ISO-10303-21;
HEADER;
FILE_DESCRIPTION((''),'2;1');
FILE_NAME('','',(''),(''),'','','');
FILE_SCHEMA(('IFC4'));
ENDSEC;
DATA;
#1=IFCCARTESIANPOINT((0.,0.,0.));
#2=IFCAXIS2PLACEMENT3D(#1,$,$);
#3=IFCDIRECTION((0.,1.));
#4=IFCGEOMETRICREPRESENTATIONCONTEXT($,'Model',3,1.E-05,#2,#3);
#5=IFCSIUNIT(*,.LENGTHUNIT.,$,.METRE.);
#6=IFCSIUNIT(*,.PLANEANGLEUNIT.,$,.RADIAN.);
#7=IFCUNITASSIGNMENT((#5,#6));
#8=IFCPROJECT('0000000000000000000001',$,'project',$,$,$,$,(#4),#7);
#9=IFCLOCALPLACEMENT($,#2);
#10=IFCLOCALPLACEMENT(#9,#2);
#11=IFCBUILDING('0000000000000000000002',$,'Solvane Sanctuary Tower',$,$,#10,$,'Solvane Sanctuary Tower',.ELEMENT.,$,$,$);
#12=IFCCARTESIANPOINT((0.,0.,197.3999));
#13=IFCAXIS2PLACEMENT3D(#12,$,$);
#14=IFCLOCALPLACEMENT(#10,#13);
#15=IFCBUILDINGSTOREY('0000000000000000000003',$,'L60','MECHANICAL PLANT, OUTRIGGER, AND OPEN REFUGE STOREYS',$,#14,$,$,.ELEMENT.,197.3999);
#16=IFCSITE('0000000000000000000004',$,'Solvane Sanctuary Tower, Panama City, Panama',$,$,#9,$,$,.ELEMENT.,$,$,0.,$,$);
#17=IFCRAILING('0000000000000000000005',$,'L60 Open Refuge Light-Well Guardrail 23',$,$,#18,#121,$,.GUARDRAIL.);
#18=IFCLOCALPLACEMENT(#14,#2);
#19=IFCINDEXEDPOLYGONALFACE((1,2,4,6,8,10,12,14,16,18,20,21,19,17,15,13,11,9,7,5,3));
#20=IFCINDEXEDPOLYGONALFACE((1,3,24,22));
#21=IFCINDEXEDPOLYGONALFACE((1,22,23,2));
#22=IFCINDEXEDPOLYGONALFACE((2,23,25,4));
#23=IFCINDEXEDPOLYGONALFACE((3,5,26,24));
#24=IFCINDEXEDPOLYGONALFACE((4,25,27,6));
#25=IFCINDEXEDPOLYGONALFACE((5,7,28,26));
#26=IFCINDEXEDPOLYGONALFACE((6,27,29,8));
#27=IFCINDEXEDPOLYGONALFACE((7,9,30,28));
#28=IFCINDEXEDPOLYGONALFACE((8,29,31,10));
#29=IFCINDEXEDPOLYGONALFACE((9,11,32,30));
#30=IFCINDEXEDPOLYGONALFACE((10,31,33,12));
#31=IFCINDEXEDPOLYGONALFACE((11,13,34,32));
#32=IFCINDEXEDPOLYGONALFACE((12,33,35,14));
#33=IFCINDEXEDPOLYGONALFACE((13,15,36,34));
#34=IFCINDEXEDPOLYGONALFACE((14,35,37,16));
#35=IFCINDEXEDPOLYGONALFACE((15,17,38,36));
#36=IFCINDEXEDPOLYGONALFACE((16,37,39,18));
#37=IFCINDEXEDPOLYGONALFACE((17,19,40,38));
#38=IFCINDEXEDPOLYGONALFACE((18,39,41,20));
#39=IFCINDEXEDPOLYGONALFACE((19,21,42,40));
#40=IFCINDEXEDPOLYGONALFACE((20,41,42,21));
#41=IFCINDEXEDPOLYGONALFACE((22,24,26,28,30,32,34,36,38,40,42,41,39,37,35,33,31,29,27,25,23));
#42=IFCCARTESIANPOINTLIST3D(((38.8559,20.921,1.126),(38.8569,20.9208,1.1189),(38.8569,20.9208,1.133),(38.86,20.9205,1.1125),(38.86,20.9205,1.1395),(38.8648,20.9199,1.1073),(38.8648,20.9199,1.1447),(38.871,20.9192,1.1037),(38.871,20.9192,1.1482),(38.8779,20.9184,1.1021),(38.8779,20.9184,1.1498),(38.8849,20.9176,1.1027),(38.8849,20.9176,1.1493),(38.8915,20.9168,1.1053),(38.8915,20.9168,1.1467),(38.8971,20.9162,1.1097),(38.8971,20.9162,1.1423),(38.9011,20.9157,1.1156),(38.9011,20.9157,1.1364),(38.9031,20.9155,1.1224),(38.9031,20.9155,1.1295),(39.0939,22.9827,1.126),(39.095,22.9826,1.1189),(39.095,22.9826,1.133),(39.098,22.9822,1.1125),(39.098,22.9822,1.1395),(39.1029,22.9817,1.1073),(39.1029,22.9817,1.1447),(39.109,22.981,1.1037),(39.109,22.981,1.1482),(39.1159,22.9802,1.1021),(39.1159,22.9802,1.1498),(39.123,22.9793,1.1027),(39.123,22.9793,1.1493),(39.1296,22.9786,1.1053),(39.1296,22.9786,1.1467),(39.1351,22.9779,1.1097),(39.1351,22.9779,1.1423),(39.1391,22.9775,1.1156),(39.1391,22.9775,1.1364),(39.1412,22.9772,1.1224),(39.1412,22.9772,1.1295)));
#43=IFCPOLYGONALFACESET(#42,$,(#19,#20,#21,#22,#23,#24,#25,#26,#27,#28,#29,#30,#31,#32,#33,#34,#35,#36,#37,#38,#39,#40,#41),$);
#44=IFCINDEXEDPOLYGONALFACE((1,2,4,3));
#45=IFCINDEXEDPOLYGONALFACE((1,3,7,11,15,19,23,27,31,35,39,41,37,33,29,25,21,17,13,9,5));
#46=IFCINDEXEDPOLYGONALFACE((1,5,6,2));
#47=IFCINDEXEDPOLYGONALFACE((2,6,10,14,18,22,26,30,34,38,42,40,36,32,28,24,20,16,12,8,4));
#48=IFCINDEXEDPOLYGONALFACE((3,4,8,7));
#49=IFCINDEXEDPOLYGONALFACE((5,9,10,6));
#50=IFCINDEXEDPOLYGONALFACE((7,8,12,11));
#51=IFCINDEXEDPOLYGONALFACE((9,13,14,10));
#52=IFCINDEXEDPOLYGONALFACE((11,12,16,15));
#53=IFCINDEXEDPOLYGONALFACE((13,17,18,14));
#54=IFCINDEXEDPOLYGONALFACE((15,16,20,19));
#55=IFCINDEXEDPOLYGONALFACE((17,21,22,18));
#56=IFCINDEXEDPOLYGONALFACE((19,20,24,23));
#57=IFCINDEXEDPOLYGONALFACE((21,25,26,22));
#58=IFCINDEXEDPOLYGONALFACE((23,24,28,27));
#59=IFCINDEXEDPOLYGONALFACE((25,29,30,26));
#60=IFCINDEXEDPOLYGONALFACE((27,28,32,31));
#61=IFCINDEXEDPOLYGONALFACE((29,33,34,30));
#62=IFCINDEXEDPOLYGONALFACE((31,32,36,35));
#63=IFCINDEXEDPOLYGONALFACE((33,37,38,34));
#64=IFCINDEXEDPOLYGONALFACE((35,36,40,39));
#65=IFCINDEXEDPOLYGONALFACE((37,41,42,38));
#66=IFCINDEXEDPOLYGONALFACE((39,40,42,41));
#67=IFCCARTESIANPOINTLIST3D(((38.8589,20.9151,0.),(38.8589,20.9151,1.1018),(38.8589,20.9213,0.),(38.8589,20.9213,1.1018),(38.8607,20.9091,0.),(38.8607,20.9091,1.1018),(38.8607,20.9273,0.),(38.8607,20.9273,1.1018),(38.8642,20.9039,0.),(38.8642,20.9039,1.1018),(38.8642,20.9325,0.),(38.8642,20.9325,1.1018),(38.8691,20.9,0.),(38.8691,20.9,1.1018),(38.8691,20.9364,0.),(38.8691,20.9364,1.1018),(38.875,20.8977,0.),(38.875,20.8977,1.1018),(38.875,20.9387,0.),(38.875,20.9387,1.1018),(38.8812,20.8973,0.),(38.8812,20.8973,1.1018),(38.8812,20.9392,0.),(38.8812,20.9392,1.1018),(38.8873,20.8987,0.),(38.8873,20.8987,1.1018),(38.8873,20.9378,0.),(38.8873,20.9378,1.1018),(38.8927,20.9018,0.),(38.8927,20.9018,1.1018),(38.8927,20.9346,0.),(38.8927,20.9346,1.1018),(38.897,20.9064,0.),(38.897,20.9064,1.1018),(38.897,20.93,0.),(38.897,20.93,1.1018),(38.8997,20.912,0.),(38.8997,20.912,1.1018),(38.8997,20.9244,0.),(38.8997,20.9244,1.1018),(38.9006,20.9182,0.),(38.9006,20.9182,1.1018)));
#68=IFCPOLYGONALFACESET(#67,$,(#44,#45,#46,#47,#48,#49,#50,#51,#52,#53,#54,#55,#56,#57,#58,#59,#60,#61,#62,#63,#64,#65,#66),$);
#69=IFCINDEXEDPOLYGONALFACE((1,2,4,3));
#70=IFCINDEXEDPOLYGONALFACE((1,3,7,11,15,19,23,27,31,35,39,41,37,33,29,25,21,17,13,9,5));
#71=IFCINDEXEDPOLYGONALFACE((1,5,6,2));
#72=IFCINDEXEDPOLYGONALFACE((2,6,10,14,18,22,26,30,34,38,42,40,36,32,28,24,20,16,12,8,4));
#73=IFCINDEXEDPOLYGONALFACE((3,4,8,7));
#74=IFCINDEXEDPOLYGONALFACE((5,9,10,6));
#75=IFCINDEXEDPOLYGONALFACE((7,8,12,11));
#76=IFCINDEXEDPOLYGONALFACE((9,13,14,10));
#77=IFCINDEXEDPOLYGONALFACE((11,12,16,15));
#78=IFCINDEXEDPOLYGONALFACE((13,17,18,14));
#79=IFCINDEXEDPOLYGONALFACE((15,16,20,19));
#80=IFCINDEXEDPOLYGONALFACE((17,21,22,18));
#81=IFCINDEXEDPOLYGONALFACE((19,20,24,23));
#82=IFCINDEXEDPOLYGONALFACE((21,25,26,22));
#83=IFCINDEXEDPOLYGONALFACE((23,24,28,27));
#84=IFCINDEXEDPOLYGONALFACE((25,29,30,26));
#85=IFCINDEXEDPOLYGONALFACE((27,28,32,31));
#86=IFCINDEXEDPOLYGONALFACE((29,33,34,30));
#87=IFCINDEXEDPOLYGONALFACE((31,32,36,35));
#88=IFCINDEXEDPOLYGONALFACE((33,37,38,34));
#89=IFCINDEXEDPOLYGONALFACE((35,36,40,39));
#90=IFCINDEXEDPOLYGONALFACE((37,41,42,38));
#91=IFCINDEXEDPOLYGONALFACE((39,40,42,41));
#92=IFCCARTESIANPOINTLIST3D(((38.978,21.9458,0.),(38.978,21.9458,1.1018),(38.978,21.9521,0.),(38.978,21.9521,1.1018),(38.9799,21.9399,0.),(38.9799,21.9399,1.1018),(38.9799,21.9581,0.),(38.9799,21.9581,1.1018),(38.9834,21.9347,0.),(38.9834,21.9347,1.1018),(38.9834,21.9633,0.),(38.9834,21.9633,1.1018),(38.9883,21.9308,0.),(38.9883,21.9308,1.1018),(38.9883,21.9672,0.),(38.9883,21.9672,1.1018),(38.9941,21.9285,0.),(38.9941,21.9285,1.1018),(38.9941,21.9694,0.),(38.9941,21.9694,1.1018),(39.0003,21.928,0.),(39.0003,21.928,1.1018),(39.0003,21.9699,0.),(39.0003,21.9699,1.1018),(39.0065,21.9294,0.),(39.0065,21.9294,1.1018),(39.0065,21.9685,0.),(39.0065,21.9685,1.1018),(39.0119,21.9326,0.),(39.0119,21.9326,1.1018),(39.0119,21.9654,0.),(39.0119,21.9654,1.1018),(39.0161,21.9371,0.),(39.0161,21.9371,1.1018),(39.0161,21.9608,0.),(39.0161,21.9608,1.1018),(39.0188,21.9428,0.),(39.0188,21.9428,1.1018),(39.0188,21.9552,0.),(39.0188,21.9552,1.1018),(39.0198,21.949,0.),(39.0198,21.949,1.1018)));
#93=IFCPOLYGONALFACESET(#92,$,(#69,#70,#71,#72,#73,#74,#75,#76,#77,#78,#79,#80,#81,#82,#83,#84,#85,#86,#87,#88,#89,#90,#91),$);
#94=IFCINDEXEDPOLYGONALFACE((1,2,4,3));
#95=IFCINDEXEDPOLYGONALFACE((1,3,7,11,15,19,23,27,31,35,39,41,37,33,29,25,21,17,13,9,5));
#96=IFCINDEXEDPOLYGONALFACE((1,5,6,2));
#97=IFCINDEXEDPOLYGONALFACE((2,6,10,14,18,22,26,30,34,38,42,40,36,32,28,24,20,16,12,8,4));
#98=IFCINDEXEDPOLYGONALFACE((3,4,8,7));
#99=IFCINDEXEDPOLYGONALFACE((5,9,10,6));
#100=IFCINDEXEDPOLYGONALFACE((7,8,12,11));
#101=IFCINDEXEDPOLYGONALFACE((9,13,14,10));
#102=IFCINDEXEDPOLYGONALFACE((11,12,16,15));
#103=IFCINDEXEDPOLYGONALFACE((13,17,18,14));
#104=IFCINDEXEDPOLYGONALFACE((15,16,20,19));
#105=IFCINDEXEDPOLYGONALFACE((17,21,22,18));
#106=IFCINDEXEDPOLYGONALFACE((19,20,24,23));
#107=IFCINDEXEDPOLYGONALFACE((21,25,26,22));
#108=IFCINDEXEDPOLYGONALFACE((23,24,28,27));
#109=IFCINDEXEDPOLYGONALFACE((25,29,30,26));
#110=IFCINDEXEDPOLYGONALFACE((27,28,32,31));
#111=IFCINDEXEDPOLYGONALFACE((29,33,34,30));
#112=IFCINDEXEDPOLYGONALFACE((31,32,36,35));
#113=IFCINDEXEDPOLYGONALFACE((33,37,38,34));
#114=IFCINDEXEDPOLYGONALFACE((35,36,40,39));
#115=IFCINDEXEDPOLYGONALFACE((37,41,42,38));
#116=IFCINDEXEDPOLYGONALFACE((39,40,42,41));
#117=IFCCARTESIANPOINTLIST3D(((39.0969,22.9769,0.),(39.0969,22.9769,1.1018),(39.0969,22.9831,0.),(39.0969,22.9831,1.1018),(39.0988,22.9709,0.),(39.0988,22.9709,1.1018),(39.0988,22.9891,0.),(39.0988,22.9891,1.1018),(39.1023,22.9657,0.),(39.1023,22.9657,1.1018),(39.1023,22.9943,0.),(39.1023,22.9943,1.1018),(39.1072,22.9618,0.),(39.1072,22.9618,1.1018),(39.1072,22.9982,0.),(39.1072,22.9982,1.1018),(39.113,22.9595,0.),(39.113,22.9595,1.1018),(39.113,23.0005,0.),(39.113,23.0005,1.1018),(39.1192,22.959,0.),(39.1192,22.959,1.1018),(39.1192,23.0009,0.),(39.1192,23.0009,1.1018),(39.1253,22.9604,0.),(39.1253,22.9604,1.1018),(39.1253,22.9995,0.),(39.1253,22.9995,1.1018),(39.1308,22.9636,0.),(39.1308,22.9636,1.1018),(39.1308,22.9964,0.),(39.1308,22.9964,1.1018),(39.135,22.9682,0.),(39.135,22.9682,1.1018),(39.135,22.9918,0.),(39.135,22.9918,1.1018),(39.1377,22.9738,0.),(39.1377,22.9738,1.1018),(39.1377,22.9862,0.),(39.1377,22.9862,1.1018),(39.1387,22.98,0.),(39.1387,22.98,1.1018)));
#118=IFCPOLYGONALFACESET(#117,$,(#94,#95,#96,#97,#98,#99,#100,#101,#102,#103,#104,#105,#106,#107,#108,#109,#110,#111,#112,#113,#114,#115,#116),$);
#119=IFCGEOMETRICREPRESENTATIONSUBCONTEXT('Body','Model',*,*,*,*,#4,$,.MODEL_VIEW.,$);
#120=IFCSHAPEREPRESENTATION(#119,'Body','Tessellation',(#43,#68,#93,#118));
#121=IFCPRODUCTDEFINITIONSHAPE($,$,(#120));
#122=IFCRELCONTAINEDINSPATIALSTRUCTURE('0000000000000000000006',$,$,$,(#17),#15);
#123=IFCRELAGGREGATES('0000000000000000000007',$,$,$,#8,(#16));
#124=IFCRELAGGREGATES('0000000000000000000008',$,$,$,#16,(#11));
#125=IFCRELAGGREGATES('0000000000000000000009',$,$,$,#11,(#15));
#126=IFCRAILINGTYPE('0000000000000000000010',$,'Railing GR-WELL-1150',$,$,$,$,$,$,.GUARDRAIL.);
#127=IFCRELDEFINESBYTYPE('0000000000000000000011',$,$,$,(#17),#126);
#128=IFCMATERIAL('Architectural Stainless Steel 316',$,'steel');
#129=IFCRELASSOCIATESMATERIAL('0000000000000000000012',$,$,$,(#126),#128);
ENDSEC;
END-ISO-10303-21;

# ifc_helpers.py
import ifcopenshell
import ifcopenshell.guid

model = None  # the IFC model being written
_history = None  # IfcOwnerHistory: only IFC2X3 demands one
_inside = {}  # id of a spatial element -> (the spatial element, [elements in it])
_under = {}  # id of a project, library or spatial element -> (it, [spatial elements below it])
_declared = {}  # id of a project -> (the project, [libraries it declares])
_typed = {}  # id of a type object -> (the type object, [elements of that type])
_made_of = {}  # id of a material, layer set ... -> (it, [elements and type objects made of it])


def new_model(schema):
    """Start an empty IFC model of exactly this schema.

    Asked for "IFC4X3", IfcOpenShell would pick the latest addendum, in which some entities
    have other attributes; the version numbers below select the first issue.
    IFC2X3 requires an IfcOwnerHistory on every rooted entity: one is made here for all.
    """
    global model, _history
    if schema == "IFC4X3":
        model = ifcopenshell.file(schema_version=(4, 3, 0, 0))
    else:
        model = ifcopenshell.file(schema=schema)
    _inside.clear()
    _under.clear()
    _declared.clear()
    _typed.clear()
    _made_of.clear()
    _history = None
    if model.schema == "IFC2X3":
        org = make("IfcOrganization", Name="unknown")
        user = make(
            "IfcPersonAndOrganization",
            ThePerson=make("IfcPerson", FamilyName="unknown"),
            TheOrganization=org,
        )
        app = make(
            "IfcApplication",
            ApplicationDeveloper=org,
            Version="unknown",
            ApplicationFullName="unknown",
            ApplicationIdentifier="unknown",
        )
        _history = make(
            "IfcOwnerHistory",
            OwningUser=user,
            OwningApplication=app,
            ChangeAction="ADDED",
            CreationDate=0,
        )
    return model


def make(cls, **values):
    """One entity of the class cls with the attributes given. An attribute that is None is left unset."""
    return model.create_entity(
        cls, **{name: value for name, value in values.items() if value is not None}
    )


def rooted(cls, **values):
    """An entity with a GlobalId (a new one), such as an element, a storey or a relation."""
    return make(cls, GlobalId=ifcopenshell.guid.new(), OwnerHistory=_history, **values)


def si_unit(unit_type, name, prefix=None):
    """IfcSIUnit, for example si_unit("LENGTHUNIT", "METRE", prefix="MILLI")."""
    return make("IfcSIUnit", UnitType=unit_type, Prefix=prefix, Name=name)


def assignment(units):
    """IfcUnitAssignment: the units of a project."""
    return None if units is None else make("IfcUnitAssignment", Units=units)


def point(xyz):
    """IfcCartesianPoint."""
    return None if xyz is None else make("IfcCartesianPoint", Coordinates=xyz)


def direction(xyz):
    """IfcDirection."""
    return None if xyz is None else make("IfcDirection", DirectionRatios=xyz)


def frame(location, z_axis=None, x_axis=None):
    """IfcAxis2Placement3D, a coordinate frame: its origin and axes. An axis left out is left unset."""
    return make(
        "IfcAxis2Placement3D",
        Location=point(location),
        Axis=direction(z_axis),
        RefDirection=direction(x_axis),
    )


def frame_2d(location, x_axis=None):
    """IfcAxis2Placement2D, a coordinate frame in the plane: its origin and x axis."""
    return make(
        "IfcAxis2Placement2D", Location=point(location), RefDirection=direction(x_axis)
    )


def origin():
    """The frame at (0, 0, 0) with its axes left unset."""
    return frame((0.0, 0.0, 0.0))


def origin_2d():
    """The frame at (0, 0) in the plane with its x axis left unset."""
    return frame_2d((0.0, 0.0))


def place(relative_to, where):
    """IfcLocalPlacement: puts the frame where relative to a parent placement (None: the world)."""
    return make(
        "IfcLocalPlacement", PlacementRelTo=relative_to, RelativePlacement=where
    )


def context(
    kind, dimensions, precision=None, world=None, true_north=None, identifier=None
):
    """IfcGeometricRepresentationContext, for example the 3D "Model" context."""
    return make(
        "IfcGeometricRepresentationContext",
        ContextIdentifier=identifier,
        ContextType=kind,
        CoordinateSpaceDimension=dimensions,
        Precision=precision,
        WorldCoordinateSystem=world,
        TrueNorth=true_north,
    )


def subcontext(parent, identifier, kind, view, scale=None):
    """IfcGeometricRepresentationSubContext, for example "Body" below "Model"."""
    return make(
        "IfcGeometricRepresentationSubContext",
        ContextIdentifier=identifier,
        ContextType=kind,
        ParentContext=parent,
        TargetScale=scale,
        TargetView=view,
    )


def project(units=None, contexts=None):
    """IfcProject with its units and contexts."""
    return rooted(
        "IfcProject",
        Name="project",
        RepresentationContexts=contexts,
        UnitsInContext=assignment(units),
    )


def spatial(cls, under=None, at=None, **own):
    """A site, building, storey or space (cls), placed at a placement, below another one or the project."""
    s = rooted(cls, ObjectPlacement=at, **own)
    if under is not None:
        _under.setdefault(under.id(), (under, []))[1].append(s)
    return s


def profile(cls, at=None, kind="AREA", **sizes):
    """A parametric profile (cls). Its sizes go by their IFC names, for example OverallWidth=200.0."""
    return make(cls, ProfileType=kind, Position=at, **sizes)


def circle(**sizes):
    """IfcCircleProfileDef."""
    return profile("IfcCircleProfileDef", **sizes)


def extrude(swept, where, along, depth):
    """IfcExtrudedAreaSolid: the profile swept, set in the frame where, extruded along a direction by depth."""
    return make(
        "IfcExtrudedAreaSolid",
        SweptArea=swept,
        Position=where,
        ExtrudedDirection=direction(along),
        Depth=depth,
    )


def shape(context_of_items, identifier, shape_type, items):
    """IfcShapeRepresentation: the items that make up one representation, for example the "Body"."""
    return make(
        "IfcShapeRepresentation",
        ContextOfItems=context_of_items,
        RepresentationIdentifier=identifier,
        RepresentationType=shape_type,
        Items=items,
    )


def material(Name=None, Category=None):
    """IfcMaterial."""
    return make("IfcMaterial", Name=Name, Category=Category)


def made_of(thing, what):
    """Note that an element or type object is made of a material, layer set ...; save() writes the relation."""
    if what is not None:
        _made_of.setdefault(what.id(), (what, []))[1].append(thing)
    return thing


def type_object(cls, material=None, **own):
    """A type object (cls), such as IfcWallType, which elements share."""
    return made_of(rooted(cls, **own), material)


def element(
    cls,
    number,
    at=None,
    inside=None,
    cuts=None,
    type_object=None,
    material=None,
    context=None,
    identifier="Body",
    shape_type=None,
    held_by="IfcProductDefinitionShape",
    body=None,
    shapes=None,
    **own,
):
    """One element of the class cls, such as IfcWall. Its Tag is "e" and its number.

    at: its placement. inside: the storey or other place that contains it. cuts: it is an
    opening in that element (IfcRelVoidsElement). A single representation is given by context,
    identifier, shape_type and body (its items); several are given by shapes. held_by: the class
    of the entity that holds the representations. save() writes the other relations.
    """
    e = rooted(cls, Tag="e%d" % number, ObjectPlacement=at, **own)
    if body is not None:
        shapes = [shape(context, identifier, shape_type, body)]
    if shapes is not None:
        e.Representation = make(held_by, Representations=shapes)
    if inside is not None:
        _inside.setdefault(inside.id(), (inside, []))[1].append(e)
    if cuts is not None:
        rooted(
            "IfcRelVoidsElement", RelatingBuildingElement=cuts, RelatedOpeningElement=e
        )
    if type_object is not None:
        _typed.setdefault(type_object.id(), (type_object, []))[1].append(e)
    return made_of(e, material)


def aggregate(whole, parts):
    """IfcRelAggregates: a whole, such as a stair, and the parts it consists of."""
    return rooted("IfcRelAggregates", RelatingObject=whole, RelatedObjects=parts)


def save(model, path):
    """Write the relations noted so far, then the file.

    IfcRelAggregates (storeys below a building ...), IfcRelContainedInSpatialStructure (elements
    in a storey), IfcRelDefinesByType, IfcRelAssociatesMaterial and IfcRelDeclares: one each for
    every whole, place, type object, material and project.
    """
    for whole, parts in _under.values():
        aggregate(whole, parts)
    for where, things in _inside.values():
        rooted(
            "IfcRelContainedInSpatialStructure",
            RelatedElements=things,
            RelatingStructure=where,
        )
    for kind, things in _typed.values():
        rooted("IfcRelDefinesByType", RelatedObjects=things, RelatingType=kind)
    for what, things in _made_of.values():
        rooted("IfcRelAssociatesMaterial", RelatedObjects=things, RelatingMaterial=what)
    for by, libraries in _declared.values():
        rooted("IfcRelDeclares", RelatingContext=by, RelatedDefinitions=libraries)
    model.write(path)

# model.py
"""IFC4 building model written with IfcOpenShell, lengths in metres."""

from ifc_helpers import new_model, si_unit, direction, frame, origin, origin_2d, place, context, subcontext, project, spatial, circle, extrude, material, type_object, element, save


model = new_model("IFC4")

# Units and contexts
model_context = context("Model", 3, precision=1e-05, world=origin(), true_north=direction((0.0, 1.0)))
body_context = subcontext(model_context, "Body", "Model", "MODEL_VIEW")
ifc_project = project(units=[si_unit("LENGTHUNIT", "METRE"), si_unit("PLANEANGLEUNIT", "RADIAN")], contexts=[model_context])

# Site, building, storey
site_placement = place(None, origin())
site = spatial("IfcSite", under=ifc_project, at=site_placement, Name="Solvane Sanctuary Tower, Panama City, Panama", CompositionType="ELEMENT", RefElevation=0.0)
building_placement = place(site_placement, origin())
building = spatial("IfcBuilding", under=site, at=building_placement, Name="Solvane Sanctuary Tower", LongName="Solvane Sanctuary Tower", CompositionType="ELEMENT")
storey_placement = place(building_placement, frame((0.0, 0.0, 197.3999)))
storey = spatial("IfcBuildingStorey", under=building, at=storey_placement, Name="L60", Description="MECHANICAL PLANT, OUTRIGGER, AND OPEN REFUGE STOREYS", CompositionType="ELEMENT", Elevation=197.3999)

# Shared definitions
ifc_material_1 = material(Name="Architectural Stainless Steel 316", Category="steel")

# Railing
railing_type_1 = type_object("IfcRailingType", Name="Railing GR-WELL-1150", PredefinedType="GUARDRAIL", material=ifc_material_1)
railing_1_placement = place(storey_placement, frame((38.8796, 20.9182, 0.0)))
element("IfcRailing", 1, at=railing_1_placement, inside=storey, type_object=railing_type_1, Name="L60 Open Refuge Light-Well Guardrail 23", PredefinedType="GUARDRAIL", context=body_context, shape_type="SweptSolid", body=[
    extrude(circle(Radius=0.0239, at=origin_2d()), frame((0.0, 0.0, 1.126), z_axis=(0.114691, 0.993401, 0.0), x_axis=(-0.993401, 0.114691, 0.0)), (0.0, 0.0, 1.0), 2.0754),
    extrude(circle(Radius=0.021, at=origin_2d()), origin(), (0.0, 0.0, 1.0), 1.1018),
    extrude(circle(Radius=0.021, at=origin_2d()), frame((0.1191, 1.0308, 0.0)), (0.0, 0.0, 1.0), 1.1018),
    extrude(circle(Radius=0.021, at=origin_2d()), frame((0.238, 2.0618, 0.0)), (0.0, 0.0, 1.0), 1.1018),
])

save(model, "model.ifc")
